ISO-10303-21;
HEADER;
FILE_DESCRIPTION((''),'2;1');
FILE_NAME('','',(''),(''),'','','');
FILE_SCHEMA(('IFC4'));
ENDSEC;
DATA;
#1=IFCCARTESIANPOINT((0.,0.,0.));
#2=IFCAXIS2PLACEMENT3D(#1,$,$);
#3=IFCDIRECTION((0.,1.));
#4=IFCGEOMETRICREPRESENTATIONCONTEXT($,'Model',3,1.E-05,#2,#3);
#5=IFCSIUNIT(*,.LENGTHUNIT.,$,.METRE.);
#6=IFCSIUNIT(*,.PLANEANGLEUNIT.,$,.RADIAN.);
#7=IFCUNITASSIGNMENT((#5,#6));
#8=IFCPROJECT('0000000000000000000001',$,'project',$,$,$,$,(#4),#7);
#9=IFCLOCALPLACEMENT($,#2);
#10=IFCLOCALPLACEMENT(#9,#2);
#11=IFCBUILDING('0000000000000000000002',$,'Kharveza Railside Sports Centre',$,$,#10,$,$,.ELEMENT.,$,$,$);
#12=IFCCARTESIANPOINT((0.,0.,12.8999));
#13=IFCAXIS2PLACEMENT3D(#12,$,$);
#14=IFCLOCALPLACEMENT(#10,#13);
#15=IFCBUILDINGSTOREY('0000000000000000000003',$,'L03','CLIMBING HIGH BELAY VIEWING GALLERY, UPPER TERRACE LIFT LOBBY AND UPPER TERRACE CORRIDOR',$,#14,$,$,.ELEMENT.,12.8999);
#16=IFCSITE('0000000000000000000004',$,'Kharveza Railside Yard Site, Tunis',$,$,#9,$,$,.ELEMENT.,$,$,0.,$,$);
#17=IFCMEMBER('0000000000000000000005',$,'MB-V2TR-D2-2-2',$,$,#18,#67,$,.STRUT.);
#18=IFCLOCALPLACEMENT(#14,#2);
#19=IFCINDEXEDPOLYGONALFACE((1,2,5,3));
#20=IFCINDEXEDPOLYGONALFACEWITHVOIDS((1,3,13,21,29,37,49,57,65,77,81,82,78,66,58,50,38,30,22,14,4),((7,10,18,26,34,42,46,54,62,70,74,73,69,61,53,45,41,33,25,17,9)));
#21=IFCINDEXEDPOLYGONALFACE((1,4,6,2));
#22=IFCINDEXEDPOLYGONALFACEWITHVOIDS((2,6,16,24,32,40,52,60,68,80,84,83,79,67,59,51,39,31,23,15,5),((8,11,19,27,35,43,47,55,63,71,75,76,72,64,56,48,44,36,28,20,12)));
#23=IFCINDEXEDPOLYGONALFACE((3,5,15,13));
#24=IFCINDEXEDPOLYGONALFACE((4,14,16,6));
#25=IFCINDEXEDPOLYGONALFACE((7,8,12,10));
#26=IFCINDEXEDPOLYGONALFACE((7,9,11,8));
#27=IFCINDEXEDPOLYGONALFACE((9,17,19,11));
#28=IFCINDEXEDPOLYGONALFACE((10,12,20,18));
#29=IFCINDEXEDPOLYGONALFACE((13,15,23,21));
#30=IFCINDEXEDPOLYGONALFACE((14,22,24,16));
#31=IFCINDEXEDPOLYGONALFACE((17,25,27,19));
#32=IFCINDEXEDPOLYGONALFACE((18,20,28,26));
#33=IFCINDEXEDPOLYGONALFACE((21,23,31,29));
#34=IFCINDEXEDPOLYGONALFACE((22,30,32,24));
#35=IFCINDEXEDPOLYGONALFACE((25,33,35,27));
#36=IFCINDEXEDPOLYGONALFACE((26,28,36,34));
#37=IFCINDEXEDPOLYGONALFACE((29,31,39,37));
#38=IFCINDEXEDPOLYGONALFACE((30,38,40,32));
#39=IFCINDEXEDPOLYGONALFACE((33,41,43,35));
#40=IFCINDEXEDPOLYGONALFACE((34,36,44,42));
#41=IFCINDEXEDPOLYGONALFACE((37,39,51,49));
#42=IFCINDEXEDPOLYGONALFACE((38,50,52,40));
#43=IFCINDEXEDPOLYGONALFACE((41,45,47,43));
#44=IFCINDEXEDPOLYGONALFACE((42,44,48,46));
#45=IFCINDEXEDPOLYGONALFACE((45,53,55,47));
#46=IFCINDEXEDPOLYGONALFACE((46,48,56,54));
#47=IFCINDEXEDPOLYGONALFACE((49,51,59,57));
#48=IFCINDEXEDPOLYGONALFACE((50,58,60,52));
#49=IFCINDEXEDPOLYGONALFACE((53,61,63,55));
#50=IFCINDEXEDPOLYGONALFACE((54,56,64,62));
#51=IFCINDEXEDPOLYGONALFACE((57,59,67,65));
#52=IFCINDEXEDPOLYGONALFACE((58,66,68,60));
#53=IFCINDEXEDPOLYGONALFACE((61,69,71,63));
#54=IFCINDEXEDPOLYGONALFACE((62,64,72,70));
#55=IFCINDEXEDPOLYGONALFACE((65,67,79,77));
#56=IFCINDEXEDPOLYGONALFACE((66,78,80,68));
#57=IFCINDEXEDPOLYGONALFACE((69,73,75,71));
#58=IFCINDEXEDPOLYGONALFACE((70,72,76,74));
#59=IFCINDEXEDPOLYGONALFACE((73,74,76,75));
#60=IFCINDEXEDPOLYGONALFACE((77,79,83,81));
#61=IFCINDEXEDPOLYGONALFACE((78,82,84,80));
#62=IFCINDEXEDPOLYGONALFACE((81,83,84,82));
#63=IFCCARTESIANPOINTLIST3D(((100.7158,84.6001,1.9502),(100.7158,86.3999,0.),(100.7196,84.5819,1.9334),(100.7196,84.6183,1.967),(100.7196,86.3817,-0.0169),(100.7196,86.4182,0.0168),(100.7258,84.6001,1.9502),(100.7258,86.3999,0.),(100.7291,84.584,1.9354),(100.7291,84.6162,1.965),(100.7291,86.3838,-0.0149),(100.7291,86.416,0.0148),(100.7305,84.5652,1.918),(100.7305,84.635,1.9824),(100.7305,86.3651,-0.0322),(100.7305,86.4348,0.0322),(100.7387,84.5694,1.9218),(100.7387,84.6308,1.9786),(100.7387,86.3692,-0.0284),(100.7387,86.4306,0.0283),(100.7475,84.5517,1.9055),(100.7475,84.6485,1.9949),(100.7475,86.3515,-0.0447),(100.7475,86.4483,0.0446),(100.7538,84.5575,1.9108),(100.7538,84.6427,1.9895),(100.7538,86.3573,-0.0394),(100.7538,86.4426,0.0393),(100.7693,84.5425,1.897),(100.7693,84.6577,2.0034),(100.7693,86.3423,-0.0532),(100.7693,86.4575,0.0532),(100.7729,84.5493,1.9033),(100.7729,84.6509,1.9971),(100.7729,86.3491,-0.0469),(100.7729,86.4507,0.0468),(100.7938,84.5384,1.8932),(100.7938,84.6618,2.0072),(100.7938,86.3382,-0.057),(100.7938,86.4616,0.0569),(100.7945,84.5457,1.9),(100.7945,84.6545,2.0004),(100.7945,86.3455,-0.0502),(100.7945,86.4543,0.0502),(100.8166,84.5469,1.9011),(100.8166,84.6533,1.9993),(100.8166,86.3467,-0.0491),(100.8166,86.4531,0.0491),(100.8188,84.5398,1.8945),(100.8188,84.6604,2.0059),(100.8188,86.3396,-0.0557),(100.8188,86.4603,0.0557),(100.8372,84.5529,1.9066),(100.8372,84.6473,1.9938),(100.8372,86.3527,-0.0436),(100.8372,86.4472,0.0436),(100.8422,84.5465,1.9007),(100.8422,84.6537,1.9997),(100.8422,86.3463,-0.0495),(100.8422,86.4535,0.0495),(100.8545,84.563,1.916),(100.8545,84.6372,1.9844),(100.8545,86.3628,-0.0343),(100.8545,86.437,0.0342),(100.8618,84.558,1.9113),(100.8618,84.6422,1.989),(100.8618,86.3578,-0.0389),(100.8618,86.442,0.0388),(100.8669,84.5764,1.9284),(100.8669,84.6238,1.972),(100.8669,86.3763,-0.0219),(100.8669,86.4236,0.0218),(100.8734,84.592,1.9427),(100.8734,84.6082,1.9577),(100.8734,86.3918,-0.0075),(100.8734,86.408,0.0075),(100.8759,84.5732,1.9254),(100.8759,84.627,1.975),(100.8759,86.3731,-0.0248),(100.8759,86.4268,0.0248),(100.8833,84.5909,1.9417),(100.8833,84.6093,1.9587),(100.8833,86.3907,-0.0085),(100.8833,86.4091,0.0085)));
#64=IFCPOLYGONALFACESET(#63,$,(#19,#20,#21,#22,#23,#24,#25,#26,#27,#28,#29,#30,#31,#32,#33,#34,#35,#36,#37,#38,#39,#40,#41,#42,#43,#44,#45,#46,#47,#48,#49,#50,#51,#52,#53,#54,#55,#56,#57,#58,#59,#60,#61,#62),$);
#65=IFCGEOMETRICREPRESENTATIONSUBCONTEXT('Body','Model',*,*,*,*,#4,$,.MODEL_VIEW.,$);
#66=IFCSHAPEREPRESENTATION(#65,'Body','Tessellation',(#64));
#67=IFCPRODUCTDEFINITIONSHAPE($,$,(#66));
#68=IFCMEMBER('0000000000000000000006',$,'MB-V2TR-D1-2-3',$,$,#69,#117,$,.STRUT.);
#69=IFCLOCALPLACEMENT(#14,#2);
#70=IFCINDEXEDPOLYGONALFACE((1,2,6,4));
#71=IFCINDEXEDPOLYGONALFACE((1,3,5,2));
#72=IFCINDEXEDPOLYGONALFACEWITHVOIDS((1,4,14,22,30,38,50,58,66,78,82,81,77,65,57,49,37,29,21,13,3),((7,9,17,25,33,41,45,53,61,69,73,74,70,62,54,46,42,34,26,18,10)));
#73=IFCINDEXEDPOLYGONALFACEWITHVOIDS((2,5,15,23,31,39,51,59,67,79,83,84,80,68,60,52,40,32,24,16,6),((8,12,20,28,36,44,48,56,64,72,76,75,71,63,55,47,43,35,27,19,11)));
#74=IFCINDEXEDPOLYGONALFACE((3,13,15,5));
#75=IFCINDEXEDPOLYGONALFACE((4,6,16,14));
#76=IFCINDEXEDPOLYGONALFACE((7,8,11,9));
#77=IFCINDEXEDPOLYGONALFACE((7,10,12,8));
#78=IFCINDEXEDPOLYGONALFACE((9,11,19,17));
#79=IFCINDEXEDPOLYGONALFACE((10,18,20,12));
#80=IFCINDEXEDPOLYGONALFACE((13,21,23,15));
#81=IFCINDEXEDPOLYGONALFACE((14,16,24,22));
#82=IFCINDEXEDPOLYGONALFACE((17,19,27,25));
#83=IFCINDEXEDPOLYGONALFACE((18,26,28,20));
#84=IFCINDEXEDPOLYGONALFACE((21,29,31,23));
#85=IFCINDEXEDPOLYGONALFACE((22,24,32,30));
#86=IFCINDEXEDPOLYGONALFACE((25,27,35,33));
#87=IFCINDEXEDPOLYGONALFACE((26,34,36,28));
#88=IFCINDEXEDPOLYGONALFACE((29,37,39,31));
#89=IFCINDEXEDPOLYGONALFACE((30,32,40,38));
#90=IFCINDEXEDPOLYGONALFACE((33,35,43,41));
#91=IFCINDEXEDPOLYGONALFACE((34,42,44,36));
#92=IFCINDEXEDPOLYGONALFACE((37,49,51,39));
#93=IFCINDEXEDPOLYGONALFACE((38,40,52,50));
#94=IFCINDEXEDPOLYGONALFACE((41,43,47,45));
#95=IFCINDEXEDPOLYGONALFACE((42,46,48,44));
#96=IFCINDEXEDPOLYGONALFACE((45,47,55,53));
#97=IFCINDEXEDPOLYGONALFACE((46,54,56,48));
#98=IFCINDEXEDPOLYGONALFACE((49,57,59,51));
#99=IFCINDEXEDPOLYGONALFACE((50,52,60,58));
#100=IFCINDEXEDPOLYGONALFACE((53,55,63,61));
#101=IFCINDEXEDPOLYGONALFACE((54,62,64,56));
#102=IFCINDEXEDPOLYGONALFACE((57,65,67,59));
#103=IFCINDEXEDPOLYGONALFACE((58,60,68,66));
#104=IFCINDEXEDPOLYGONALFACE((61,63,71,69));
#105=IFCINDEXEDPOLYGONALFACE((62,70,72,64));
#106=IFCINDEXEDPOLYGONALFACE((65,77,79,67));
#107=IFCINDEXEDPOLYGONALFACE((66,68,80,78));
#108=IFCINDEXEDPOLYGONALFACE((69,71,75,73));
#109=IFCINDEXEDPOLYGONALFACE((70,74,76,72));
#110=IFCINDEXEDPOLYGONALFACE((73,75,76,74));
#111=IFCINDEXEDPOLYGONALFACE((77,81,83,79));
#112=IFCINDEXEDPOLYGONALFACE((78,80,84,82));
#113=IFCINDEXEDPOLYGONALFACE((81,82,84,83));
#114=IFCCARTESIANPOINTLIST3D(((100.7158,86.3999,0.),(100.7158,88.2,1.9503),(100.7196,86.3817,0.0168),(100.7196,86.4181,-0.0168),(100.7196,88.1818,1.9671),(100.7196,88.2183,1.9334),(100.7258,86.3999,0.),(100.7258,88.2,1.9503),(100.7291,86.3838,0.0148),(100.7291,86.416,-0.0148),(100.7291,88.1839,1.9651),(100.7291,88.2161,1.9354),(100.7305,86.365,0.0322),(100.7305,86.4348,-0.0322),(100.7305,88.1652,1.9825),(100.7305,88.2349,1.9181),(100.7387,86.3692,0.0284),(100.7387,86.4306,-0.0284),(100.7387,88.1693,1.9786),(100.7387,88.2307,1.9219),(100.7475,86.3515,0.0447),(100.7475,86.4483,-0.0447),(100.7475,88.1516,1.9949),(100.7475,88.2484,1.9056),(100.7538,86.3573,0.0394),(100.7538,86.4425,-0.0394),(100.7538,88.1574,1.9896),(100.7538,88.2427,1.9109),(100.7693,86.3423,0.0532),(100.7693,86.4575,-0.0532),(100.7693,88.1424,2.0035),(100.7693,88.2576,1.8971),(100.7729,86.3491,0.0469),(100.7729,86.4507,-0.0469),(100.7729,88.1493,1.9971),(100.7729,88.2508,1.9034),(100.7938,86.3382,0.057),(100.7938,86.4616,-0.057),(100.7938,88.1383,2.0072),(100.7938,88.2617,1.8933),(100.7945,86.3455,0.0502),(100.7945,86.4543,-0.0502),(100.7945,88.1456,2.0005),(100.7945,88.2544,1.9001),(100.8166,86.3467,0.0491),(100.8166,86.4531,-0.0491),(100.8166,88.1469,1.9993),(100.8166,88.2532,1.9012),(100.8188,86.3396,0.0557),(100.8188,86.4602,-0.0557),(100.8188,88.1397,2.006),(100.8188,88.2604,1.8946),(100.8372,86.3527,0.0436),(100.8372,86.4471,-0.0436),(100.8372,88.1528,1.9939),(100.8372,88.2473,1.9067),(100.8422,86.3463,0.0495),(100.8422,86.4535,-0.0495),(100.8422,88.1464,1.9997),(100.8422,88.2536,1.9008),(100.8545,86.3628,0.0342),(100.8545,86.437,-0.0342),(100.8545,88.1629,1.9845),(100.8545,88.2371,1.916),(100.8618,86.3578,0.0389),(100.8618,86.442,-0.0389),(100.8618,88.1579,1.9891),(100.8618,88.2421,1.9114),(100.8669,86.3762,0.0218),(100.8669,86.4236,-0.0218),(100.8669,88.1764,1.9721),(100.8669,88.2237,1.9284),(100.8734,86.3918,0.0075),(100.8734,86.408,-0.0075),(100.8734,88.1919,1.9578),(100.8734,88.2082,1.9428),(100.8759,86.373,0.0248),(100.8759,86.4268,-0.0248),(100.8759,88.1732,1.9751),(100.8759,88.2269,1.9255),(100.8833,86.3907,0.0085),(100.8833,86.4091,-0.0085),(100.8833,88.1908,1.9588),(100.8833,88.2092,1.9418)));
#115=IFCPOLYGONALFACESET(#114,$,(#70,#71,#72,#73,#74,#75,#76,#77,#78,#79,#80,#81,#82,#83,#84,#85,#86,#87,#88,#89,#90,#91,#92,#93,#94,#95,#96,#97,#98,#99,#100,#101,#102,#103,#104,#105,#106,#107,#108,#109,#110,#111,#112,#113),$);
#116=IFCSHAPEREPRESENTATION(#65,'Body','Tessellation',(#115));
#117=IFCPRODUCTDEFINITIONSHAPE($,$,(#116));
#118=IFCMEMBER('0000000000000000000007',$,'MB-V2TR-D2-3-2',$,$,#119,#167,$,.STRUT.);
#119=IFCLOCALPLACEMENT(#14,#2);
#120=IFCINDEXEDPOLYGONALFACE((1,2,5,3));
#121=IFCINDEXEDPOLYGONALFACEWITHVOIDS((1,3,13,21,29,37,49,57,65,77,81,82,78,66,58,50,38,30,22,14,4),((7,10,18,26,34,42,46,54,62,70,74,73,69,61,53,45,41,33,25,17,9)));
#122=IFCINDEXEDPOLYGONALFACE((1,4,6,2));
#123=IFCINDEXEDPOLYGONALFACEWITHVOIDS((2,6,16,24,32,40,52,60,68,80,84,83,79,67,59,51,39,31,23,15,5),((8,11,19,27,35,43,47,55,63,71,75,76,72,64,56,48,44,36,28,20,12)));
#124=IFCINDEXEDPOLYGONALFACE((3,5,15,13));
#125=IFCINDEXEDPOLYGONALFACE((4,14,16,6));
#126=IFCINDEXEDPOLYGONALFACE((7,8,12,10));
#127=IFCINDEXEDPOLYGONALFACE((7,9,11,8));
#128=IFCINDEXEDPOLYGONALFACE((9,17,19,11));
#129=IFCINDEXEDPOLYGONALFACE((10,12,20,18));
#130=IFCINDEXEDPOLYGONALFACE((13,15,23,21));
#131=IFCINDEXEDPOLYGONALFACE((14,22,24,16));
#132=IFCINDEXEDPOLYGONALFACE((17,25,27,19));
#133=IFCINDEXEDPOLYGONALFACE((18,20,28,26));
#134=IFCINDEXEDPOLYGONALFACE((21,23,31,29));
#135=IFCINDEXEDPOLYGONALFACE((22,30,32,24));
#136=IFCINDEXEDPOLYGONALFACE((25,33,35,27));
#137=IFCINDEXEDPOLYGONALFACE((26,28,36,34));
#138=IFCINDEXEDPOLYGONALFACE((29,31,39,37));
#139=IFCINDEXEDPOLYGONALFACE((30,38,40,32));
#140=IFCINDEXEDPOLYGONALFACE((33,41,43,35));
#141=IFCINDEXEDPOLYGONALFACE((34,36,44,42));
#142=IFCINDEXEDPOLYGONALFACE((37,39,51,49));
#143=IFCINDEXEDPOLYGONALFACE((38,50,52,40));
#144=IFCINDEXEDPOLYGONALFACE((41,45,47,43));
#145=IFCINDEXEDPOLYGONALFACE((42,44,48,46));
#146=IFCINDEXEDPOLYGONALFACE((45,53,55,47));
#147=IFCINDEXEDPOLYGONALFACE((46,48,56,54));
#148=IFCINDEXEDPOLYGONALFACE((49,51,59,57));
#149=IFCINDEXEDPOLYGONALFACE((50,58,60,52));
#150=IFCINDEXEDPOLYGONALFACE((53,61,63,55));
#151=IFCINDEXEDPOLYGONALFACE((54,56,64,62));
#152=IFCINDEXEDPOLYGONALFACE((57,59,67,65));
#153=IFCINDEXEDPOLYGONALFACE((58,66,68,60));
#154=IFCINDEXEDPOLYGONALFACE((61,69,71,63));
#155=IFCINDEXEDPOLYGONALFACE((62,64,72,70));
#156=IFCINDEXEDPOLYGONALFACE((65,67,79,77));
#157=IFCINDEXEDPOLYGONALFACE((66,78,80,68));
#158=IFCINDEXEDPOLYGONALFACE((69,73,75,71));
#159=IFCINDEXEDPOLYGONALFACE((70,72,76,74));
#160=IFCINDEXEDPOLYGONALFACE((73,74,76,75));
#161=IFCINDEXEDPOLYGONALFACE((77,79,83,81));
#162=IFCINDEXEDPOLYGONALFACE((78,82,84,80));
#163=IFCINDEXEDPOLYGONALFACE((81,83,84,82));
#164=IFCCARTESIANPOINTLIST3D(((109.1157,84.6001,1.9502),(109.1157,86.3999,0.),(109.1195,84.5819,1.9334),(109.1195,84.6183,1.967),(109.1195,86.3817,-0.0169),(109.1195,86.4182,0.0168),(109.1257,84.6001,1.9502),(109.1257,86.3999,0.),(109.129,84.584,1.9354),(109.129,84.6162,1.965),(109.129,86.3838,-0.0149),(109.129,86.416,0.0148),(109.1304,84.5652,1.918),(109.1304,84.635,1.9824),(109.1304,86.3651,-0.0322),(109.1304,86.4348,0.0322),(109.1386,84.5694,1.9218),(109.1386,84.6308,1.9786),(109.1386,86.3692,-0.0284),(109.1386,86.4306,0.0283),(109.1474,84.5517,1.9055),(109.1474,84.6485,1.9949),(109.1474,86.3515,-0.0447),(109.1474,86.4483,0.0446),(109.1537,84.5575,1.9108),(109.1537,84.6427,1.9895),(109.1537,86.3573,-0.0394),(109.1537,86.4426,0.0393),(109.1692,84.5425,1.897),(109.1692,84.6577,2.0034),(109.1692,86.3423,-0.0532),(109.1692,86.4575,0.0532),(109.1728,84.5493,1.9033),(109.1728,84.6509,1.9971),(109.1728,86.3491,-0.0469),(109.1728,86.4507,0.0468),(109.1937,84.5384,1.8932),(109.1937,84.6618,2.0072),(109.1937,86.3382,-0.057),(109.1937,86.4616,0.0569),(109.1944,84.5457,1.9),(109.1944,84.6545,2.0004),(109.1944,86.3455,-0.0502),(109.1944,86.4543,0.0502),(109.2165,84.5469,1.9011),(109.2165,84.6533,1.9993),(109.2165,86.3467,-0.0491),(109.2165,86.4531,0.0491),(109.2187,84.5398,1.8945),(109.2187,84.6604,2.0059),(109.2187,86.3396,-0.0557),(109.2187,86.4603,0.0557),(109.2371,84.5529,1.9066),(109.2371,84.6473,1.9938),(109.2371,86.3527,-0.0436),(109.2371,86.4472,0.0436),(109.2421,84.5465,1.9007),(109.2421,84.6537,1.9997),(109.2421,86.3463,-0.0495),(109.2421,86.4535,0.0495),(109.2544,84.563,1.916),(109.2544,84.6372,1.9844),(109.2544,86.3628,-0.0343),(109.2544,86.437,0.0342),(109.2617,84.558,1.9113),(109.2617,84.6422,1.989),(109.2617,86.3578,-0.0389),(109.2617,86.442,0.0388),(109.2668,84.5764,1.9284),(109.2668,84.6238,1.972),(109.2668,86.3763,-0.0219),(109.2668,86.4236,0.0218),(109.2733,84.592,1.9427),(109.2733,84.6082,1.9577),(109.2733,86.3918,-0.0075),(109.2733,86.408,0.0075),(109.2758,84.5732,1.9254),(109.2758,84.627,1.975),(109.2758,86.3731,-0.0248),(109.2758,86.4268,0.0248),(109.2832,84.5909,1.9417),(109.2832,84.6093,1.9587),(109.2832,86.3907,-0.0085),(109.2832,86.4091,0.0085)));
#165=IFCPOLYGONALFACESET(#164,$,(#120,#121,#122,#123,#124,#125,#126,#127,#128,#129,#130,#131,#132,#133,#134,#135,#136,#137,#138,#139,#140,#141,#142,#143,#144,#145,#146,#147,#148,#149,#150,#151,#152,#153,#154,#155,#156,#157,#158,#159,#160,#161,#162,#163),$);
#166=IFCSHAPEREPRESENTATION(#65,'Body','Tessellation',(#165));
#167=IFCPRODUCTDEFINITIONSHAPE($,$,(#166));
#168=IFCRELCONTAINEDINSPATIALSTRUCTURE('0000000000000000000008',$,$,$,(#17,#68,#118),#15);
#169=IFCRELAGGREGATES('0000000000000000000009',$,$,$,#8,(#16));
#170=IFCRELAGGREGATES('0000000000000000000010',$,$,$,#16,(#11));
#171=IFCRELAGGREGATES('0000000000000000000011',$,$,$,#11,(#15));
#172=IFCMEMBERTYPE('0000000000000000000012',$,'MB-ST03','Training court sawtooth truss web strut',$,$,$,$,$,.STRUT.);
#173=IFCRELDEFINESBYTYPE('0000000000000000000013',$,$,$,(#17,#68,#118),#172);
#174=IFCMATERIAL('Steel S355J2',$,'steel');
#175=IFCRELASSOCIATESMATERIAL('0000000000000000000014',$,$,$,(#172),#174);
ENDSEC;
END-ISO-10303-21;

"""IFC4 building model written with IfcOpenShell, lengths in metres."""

from ifc_helpers import new_model, si_unit, direction, frame, origin, origin_2d, place, context, subcontext, project, spatial, hollow_circle, extrude, material, material_profile, profile_set, type_object, element, save


model = new_model("IFC4")

# Units and contexts
model_context = context("Model", 3, precision=1e-05, world=origin(), true_north=direction((0.0, 1.0)))
body_context = subcontext(model_context, "Body", "Model", "MODEL_VIEW")
ifc_project = project(units=[si_unit("LENGTHUNIT", "METRE"), si_unit("PLANEANGLEUNIT", "RADIAN")], contexts=[model_context])

# Site, building, storey
site_placement = place(None, origin())
site = spatial("IfcSite", under=ifc_project, at=site_placement, Name="Kharveza Railside Yard Site, Tunis", CompositionType="ELEMENT", RefElevation=0.0)
building_placement = place(site_placement, origin())
building = spatial("IfcBuilding", under=site, at=building_placement, Name="Kharveza Railside Sports Centre", CompositionType="ELEMENT")
storey_placement = place(building_placement, frame((0.0, 0.0, 12.8999)))
storey = spatial("IfcBuildingStorey", under=building, at=storey_placement, Name="L03", Description="CLIMBING HIGH BELAY VIEWING GALLERY, UPPER TERRACE LIFT LOBBY AND UPPER TERRACE CORRIDOR", CompositionType="ELEMENT", Elevation=12.8999)

# Shared definitions
ifc_material_1 = material(Name="Steel S355J2", Category="steel")

# Members
ifc_material_profile_1 = material_profile(ifc_material_1, hollow_circle(Radius=0.0842, WallThickness=0.01, at=origin_2d()), Name="CHS 168.3x10.0")
ifc_profile_set_1 = profile_set([ifc_material_profile_1], Name="Steel S355J2")
member_type_1 = type_object("IfcMemberType", Name="MB-ST03", Description="Training court sawtooth truss web strut", PredefinedType="STRUT", material=ifc_profile_set_1)
member_1_placement = place(storey_placement, frame((100.8, 84.6001, 1.9502), z_axis=(0.0, 0.678204, -0.734874), x_axis=(-1.0, 0.0, 0.0)))
element("IfcMember", 1, at=member_1_placement, inside=storey, type_object=member_type_1, Name="MB-V2TR-D2-2-2", PredefinedType="STRUT", context=body_context, shape_type="SweptSolid", body=[
    extrude(hollow_circle(Radius=0.0842, WallThickness=0.01, at=origin_2d()), origin(), (0.0, 0.0, 1.0), 2.6538),
])
member_2_placement = place(storey_placement, frame((100.8, 86.3999, 0.0), z_axis=(0.0, 0.678253, 0.734828), x_axis=(-1.0, 0.0, 0.0)))
element("IfcMember", 2, at=member_2_placement, inside=storey, type_object=member_type_1, Name="MB-V2TR-D1-2-3", PredefinedType="STRUT", context=body_context, shape_type="SweptSolid", body=[
    extrude(hollow_circle(Radius=0.0842, WallThickness=0.01, at=origin_2d()), origin(), (0.0, 0.0, 1.0), 2.6541),
])
member_3_placement = place(storey_placement, frame((109.2, 84.6001, 1.9502), z_axis=(0.0, 0.678204, -0.734874), x_axis=(-1.0, 0.0, 0.0)))
element("IfcMember", 3, at=member_3_placement, inside=storey, type_object=member_type_1, Name="MB-V2TR-D2-3-2", PredefinedType="STRUT", context=body_context, shape_type="SweptSolid", body=[
    extrude(hollow_circle(Radius=0.0842, WallThickness=0.01, at=origin_2d()), origin(), (0.0, 0.0, 1.0), 2.6538),
])

save(model, "model.ifc")
